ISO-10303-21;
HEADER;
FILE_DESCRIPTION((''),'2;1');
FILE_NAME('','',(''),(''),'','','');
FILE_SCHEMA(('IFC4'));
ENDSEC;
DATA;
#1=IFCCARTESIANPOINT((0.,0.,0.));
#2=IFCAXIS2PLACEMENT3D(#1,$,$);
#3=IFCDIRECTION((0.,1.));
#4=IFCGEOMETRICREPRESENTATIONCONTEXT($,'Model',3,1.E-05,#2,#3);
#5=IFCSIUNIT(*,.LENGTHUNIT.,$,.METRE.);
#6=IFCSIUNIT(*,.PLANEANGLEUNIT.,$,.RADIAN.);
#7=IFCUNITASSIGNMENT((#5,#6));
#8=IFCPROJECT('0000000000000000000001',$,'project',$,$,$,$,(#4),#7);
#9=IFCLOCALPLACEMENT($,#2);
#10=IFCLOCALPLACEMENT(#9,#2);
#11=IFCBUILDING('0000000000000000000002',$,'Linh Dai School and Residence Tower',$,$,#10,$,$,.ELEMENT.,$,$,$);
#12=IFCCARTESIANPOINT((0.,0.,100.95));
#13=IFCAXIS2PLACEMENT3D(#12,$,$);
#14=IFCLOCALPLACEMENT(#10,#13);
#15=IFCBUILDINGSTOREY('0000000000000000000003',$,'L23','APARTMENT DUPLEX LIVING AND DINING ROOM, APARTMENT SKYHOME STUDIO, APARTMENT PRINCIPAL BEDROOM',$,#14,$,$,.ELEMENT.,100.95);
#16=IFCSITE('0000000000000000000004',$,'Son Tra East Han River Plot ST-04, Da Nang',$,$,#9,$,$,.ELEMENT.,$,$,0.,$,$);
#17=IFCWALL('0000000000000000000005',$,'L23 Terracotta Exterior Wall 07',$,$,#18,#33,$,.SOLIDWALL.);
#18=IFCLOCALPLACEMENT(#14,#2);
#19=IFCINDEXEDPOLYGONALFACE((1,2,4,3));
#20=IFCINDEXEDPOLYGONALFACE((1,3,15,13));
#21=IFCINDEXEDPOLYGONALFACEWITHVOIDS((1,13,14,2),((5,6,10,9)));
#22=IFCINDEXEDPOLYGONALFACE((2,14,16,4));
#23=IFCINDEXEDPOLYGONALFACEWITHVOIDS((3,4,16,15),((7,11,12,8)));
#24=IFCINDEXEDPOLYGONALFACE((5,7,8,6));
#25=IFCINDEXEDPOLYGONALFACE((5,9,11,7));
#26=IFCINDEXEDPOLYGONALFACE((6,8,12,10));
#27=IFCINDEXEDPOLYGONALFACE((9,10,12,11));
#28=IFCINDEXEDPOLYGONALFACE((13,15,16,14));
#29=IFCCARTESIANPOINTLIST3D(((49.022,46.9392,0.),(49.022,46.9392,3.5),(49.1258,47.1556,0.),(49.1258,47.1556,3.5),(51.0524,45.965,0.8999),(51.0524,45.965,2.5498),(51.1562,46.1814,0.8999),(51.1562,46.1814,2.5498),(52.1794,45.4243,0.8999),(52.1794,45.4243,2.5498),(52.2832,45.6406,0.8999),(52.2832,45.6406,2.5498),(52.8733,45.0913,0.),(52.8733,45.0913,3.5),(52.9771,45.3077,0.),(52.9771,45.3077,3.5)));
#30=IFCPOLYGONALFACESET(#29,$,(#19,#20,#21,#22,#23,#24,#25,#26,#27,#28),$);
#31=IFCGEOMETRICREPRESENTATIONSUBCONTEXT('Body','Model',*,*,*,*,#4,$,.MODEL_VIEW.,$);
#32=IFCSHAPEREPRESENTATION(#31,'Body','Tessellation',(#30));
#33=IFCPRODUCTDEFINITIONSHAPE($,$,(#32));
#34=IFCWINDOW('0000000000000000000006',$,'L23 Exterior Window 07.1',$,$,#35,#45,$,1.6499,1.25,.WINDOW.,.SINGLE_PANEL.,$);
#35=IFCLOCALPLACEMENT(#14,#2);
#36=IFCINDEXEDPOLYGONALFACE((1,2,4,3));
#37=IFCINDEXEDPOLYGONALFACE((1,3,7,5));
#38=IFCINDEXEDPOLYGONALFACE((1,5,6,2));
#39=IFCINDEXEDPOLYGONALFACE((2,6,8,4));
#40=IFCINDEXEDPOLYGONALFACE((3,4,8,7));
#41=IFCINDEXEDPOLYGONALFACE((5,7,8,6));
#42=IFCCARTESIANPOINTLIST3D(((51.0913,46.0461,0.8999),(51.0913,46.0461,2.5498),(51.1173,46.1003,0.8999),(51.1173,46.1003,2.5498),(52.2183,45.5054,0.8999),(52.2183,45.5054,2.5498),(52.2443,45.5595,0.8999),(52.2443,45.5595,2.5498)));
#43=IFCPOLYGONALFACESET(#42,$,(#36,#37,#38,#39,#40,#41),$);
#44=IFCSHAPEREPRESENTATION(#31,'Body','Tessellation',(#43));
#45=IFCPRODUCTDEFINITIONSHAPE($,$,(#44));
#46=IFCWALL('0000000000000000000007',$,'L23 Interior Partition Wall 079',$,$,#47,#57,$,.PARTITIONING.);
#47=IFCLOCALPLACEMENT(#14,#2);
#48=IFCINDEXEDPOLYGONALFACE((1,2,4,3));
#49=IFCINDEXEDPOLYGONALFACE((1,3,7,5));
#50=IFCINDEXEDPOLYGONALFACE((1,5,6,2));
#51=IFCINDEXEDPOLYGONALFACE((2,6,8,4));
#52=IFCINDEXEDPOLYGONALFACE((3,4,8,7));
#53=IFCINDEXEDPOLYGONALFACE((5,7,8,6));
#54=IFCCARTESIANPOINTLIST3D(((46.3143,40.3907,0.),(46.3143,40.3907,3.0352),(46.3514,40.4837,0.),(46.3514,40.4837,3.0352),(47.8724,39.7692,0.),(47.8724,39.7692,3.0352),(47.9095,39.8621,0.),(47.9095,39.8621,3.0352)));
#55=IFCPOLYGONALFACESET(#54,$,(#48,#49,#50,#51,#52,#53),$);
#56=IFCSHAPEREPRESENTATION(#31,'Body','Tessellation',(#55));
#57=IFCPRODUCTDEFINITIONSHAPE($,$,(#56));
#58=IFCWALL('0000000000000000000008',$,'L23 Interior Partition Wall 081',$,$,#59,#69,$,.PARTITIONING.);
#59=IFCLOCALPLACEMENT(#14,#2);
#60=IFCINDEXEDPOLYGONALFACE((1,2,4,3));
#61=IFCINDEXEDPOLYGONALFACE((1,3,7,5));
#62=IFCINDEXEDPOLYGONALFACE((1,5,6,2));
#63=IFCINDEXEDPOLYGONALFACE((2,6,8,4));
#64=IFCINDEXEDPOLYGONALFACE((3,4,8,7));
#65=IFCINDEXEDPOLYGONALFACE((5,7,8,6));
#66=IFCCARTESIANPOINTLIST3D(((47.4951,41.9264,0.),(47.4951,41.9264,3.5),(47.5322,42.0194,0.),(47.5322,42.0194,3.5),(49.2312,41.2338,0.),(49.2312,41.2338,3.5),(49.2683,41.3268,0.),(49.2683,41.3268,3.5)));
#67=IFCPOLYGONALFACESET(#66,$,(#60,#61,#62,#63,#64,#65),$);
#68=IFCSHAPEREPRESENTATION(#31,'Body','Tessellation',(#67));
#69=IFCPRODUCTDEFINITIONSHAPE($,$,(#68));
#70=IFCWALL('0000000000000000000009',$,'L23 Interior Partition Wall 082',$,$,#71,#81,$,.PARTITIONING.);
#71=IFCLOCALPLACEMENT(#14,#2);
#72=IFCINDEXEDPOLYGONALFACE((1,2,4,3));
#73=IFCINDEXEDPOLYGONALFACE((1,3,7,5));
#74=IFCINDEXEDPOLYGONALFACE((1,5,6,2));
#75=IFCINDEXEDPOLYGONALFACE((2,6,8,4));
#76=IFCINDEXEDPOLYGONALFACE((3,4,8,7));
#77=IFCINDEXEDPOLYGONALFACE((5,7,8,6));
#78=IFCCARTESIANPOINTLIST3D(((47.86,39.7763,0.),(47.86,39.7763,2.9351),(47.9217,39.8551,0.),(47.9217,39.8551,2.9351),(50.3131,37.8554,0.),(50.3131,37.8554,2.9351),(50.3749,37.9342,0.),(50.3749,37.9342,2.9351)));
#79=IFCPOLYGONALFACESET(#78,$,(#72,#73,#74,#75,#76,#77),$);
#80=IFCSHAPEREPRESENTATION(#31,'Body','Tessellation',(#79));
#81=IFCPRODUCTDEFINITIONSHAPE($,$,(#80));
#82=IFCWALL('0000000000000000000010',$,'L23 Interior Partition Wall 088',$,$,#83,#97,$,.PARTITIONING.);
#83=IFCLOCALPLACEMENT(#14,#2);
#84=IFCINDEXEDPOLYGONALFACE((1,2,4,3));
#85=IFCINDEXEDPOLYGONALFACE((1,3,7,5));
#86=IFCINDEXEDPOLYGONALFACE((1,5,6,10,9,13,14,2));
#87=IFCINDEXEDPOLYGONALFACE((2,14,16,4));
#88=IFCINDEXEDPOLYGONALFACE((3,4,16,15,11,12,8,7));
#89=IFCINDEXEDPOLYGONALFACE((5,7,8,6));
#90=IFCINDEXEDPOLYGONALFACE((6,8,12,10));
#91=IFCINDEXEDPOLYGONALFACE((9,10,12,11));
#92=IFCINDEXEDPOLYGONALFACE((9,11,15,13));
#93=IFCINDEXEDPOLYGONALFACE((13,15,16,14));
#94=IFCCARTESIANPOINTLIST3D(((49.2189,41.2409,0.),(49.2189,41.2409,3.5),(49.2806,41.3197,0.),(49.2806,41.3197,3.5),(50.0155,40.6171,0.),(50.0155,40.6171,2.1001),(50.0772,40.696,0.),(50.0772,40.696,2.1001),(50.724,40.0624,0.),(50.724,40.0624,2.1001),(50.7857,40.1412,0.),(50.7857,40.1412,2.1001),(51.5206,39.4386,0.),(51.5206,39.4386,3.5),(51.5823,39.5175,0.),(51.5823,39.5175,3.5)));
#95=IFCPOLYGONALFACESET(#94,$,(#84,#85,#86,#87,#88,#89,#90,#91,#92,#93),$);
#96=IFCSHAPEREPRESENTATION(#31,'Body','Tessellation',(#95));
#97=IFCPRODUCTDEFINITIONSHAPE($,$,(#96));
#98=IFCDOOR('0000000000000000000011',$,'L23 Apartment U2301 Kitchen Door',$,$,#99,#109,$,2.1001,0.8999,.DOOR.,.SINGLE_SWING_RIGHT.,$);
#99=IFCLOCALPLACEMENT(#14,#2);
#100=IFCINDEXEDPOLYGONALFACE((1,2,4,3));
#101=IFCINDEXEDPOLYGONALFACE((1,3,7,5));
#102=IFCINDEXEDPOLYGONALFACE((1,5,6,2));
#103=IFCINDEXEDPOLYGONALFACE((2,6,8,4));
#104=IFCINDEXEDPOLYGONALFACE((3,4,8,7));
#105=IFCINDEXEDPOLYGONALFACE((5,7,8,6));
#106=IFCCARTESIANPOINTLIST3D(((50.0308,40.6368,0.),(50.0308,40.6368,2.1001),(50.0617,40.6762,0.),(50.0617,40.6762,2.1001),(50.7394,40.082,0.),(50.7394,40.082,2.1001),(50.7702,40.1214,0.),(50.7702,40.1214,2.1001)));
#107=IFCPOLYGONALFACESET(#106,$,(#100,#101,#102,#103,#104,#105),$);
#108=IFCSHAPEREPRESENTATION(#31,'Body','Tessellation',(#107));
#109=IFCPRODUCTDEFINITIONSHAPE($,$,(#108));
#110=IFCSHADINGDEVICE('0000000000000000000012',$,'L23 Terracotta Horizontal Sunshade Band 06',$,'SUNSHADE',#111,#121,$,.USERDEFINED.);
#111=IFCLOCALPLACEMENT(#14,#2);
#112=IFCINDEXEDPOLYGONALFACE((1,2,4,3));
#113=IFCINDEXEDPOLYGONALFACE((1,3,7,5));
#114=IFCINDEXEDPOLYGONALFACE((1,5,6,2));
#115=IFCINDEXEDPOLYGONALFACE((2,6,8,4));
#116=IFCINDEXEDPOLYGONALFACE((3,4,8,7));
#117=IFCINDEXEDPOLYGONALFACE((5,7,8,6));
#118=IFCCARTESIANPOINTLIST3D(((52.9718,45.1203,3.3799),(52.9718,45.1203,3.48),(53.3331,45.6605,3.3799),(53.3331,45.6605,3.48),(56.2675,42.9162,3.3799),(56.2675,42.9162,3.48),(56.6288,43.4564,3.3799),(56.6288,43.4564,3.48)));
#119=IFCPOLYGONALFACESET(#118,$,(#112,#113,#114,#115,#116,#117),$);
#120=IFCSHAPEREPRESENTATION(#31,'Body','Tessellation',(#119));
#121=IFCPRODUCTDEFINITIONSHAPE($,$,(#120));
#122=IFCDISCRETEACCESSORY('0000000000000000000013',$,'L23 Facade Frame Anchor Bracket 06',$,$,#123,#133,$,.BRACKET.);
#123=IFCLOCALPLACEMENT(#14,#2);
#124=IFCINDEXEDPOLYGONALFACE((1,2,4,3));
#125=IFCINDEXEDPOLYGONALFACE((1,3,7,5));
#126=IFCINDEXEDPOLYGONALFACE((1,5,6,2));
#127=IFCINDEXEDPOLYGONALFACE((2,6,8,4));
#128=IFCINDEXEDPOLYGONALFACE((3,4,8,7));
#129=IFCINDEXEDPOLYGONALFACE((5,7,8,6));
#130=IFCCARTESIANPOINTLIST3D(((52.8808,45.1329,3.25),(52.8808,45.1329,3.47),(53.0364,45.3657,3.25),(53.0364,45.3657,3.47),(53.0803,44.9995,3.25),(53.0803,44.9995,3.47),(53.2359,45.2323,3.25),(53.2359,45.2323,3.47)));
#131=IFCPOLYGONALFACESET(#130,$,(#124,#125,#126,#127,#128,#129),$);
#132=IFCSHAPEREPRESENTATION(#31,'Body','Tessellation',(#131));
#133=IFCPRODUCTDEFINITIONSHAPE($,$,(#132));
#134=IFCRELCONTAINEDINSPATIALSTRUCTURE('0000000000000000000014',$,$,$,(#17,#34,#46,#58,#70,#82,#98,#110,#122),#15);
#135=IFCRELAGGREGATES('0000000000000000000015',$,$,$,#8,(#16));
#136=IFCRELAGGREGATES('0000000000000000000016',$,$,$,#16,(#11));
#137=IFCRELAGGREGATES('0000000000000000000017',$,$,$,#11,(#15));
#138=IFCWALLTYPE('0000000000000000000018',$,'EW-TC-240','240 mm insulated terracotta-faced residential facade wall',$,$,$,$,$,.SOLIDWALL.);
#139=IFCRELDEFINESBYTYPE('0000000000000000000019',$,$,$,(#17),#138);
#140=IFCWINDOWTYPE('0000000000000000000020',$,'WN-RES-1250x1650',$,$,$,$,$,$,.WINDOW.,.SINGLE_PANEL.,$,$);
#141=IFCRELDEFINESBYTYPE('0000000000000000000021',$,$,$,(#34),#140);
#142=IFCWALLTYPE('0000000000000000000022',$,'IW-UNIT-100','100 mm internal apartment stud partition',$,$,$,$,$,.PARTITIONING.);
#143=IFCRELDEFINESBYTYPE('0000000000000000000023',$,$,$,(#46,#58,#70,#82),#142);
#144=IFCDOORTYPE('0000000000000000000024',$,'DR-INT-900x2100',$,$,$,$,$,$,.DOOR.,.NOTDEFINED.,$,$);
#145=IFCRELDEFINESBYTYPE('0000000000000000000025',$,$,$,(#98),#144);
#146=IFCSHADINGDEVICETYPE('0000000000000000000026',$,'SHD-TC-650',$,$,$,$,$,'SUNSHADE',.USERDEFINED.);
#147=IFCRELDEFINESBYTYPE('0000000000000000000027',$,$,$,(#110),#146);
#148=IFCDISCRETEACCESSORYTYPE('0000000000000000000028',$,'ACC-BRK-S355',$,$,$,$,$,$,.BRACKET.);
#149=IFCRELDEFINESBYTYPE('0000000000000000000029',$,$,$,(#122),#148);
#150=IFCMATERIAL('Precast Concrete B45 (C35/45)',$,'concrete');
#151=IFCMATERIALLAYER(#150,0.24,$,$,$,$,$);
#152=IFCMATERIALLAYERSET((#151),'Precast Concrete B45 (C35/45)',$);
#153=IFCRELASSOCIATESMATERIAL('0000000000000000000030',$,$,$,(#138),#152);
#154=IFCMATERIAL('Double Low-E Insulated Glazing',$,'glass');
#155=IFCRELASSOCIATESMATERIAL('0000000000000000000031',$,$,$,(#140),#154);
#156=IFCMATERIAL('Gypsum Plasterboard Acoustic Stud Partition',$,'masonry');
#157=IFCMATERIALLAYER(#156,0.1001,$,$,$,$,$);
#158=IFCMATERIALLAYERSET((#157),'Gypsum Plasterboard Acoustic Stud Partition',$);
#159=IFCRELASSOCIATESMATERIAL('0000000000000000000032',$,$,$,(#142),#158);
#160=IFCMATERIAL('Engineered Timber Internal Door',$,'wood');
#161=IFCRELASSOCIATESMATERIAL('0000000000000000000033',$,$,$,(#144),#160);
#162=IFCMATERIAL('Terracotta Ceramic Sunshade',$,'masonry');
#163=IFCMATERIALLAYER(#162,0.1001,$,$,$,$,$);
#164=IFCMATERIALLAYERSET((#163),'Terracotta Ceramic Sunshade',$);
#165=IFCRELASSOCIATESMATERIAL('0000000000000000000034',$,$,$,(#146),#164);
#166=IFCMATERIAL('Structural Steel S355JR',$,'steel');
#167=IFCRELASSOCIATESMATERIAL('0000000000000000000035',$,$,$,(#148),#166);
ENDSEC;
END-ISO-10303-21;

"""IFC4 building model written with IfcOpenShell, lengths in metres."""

from ifc_helpers import new_model, si_unit, direction, frame, frame_2d, origin, origin_2d, place, context, subcontext, project, spatial, rectangle, extrude, source, transform, mapped, material, layer, layer_set, type_object, element, fill, save


model = new_model("IFC4")

# Units and contexts
model_context = context("Model", 3, precision=1e-05, world=origin(), true_north=direction((0.0, 1.0)))
body_context = subcontext(model_context, "Body", "Model", "MODEL_VIEW")
ifc_project = project(units=[si_unit("LENGTHUNIT", "METRE"), si_unit("PLANEANGLEUNIT", "RADIAN")], contexts=[model_context])

# Site, building, storey
site_placement = place(None, origin())
site = spatial("IfcSite", under=ifc_project, at=site_placement, Name="Son Tra East Han River Plot ST-04, Da Nang", CompositionType="ELEMENT", RefElevation=0.0)
building_placement = place(site_placement, origin())
building = spatial("IfcBuilding", under=site, at=building_placement, Name="Linh Dai School and Residence Tower", CompositionType="ELEMENT")
storey_placement = place(building_placement, frame((0.0, 0.0, 100.95)))
storey = spatial("IfcBuildingStorey", under=building, at=storey_placement, Name="L23", Description="APARTMENT DUPLEX LIVING AND DINING ROOM, APARTMENT SKYHOME STUDIO, APARTMENT PRINCIPAL BEDROOM", CompositionType="ELEMENT", Elevation=100.95)

# Shared definitions
ifc_material_1 = material(Name="Structural Steel S355JR", Category="steel")

# Shared definitions
ifc_material_2 = material(Name="Precast Concrete B45 (C35/45)", Category="concrete")
ifc_material_3 = material(Name="Double Low-E Insulated Glazing", Category="glass")

# Shared definitions
ifc_layer_1 = layer(ifc_material_2, 0.24)
ifc_layer_set_1 = layer_set([ifc_layer_1], Name="Precast Concrete B45 (C35/45)")
wall_type_1 = type_object("IfcWallType", Name="EW-TC-240", Description="240 mm insulated terracotta-faced residential facade wall", PredefinedType="SOLIDWALL", material=ifc_layer_set_1)

# Wall, opening, window
wall_1_placement = place(storey_placement, frame((49.074, 47.0474, 0.0), z_axis=(0.0, 0.0, 1.0), x_axis=(0.90159, -0.432592, 0.0)))
wall_1 = element("IfcWall", 1, at=wall_1_placement, inside=storey, type_object=wall_type_1, Name="L23 Terracotta Exterior Wall 07", PredefinedType="SOLIDWALL", context=body_context, shape_type="SweptSolid", body=[
    extrude(rectangle(XDim=4.2717, YDim=0.24, at=frame_2d((2.1357, 0.0))), origin(), (0.0, 0.0, 1.0), 3.5),
])
opening_1_placement = place(wall_1_placement, frame((2.252, 0.0, 0.8999)))
opening_1 = element("IfcOpeningElement", 2, at=opening_1_placement, cuts=wall_1, PredefinedType="OPENING", context=body_context, shape_type="SweptSolid", body=[
    extrude(rectangle(XDim=1.25, YDim=1.6499, at=origin_2d()), frame((0.625, 0.1299, 0.825), z_axis=(0.0, -1.0, 0.0), x_axis=(1.0, 0.0, 0.0)), (0.0, 0.0, 1.0), 0.26),
])
window_type_1 = type_object("IfcWindowType", Name="WN-RES-1250x1650", PartitioningType="SINGLE_PANEL", PredefinedType="WINDOW", material=ifc_material_3)
shared_shape_1 = source(origin(), body_context, "Body", "SweptSolid", [
    extrude(rectangle(XDim=1.25, YDim=1.6499, at=origin_2d()), frame((0.625, 0.03, 0.825), z_axis=(0.0, -1.0, 0.0), x_axis=(1.0, 0.0, 0.0)), (0.0, 0.0, 1.0), 0.0601),
])
window_1_placement = place(opening_1_placement, origin())
window_1 = element("IfcWindow", 3, at=window_1_placement, inside=storey, type_object=window_type_1, Name="L23 Exterior Window 07.1", OverallHeight=1.6499, OverallWidth=1.25, PartitioningType="SINGLE_PANEL", PredefinedType="WINDOW", context=body_context, shape_type="MappedRepresentation", body=[
    mapped(shared_shape_1, transform((0.0, 0.0, 0.0), x_axis=(1.0, 0.0, 0.0), y_axis=(0.0, 1.0, 0.0), z_axis=(0.0, 0.0, 1.0), scale=1.0)),
])
fill(opening_1, window_1)

# Walls
ifc_material_4 = material(Name="Gypsum Plasterboard Acoustic Stud Partition", Category="masonry")
ifc_layer_2 = layer(ifc_material_4, 0.1001)
ifc_layer_set_2 = layer_set([ifc_layer_2], Name="Gypsum Plasterboard Acoustic Stud Partition")
wall_type_2 = type_object("IfcWallType", Name="IW-UNIT-100", Description="100 mm internal apartment stud partition", PredefinedType="PARTITIONING", material=ifc_layer_set_2)
wall_2_placement = place(storey_placement, frame((46.3328, 40.4373, 0.0), z_axis=(0.0, 0.0, 1.0), x_axis=(0.928818, -0.370537, 0.0)))
element("IfcWall", 4, at=wall_2_placement, inside=storey, type_object=wall_type_2, Name="L23 Interior Partition Wall 079", PredefinedType="PARTITIONING", context=body_context, shape_type="SweptSolid", body=[
    extrude(rectangle(XDim=1.6775, YDim=0.1001, at=frame_2d((0.8389, 0.0))), origin(), (0.0, 0.0, 1.0), 3.0352),
])
wall_3_placement = place(storey_placement, frame((47.5137, 41.9729, 0.0), z_axis=(0.0, 0.0, 1.0), x_axis=(0.92881, -0.370557, 0.0)))
element("IfcWall", 5, at=wall_3_placement, inside=storey, type_object=wall_type_2, Name="L23 Interior Partition Wall 081", PredefinedType="PARTITIONING", context=body_context, shape_type="SweptSolid", body=[
    extrude(rectangle(XDim=1.8691, YDim=0.1001, at=frame_2d((0.9346, 0.0))), origin(), (0.0, 0.0, 1.0), 3.5),
])
wall_4_placement = place(storey_placement, frame((47.8909, 39.8157, 0.0), z_axis=(0.0, 0.0, 1.0), x_axis=(0.78734, -0.61652, 0.0)))
element("IfcWall", 6, at=wall_4_placement, inside=storey, type_object=wall_type_2, Name="L23 Interior Partition Wall 082", PredefinedType="PARTITIONING", context=body_context, shape_type="SweptSolid", body=[
    extrude(rectangle(XDim=3.1157, YDim=0.1001, at=frame_2d((1.5579, 0.0))), origin(), (0.0, 0.0, 1.0), 2.9351),
])

# Wall, opening, door
wall_5_placement = place(storey_placement, frame((49.2498, 41.2803, 0.0), z_axis=(0.0, 0.0, 1.0), x_axis=(0.78736, -0.616493, 0.0)))
wall_5 = element("IfcWall", 7, at=wall_5_placement, inside=storey, type_object=wall_type_2, Name="L23 Interior Partition Wall 088", PredefinedType="PARTITIONING", context=body_context, shape_type="SweptSolid", body=[
    extrude(rectangle(XDim=2.9233, YDim=0.1001, at=frame_2d((1.4617, 0.0))), origin(), (0.0, 0.0, 1.0), 3.5),
])
opening_2_placement = place(wall_5_placement, frame((1.0117, 0.0, 0.0)))
opening_2 = element("IfcOpeningElement", 8, at=opening_2_placement, cuts=wall_5, PredefinedType="OPENING", context=body_context, shape_type="SweptSolid", body=[
    extrude(rectangle(XDim=0.8999, YDim=2.1001, at=origin_2d()), frame((0.45, 0.0601, 1.05), z_axis=(0.0, -1.0, 0.0), x_axis=(1.0, 0.0, 0.0)), (0.0, 0.0, 1.0), 0.1201),
])
ifc_material_5 = material(Name="Engineered Timber Internal Door", Category="wood")
door_type = type_object("IfcDoorType", Name="DR-INT-900x2100", OperationType="NOTDEFINED", PredefinedType="DOOR", material=ifc_material_5)
shared_shape_2 = source(origin(), body_context, "Body", "SweptSolid", [
    extrude(rectangle(XDim=0.8999, YDim=2.1001, at=origin_2d()), frame((0.45, 0.0249, 1.05), z_axis=(0.0, -1.0, 0.0), x_axis=(1.0, 0.0, 0.0)), (0.0, 0.0, 1.0), 0.05),
])
door_placement = place(opening_2_placement, origin())
door = element("IfcDoor", 9, at=door_placement, inside=storey, type_object=door_type, Name="L23 Apartment U2301 Kitchen Door", OperationType="SINGLE_SWING_RIGHT", OverallHeight=2.1001, OverallWidth=0.8999, PredefinedType="DOOR", context=body_context, shape_type="MappedRepresentation", body=[
    mapped(shared_shape_2, transform((0.0, 0.0, 0.0), x_axis=(1.0, 0.0, 0.0), y_axis=(0.0, 1.0, 0.0), z_axis=(0.0, 0.0, 1.0), scale=1.0)),
])
fill(opening_2, door)

# Shading device
ifc_material_6 = material(Name="Terracotta Ceramic Sunshade", Category="masonry")
ifc_layer_3 = layer(ifc_material_6, 0.1001)
ifc_layer_set_3 = layer_set([ifc_layer_3], Name="Terracotta Ceramic Sunshade")
shading_device_type = type_object("IfcShadingDeviceType", Name="SHD-TC-650", ElementType="SUNSHADE", PredefinedType="USERDEFINED", material=ifc_layer_set_3)
shared_shape_3 = source(origin(), body_context, "Body", "SweptSolid", [
    extrude(rectangle(XDim=3.9648, YDim=0.6499, at=origin_2d()), origin(), (0.0, 0.0, 1.0), 0.1001),
])
shading_device_placement = place(storey_placement, frame((54.8003, 44.2883, 3.3799), z_axis=(0.0, 0.0, 1.0), x_axis=(0.83124, -0.555913, 0.0)))
element("IfcShadingDevice", 10, at=shading_device_placement, inside=storey, type_object=shading_device_type, Name="L23 Terracotta Horizontal Sunshade Band 06", ObjectType="SUNSHADE", PredefinedType="USERDEFINED", context=body_context, shape_type="MappedRepresentation", body=[
    mapped(shared_shape_3, transform((0.0, 0.0, 0.0), x_axis=(1.0, 0.0, 0.0), y_axis=(0.0, 1.0, 0.0), z_axis=(0.0, 0.0, 1.0), scale=1.0)),
])

# Discrete accessory
discrete_accessory_type = type_object("IfcDiscreteAccessoryType", Name="ACC-BRK-S355", PredefinedType="BRACKET", material=ifc_material_1)
shared_shape_4 = source(origin(), body_context, "Body", "SweptSolid", [
    extrude(rectangle(XDim=0.28, YDim=0.24, at=origin_2d()), origin(), (0.0, 0.0, 1.0), 0.22),
])
discrete_accessory_placement = place(storey_placement, frame((53.0583, 45.1826, 3.25), z_axis=(0.0, 0.0, 1.0), x_axis=(0.555913, 0.83124, 0.0)))
element("IfcDiscreteAccessory", 11, at=discrete_accessory_placement, inside=storey, type_object=discrete_accessory_type, Name="L23 Facade Frame Anchor Bracket 06", PredefinedType="BRACKET", context=body_context, shape_type="MappedRepresentation", body=[
    mapped(shared_shape_4, transform((0.0, 0.0, 0.0), x_axis=(1.0, 0.0, 0.0), y_axis=(0.0, 1.0, 0.0), z_axis=(0.0, 0.0, 1.0), scale=1.0)),
])

save(model, "model.ifc")
